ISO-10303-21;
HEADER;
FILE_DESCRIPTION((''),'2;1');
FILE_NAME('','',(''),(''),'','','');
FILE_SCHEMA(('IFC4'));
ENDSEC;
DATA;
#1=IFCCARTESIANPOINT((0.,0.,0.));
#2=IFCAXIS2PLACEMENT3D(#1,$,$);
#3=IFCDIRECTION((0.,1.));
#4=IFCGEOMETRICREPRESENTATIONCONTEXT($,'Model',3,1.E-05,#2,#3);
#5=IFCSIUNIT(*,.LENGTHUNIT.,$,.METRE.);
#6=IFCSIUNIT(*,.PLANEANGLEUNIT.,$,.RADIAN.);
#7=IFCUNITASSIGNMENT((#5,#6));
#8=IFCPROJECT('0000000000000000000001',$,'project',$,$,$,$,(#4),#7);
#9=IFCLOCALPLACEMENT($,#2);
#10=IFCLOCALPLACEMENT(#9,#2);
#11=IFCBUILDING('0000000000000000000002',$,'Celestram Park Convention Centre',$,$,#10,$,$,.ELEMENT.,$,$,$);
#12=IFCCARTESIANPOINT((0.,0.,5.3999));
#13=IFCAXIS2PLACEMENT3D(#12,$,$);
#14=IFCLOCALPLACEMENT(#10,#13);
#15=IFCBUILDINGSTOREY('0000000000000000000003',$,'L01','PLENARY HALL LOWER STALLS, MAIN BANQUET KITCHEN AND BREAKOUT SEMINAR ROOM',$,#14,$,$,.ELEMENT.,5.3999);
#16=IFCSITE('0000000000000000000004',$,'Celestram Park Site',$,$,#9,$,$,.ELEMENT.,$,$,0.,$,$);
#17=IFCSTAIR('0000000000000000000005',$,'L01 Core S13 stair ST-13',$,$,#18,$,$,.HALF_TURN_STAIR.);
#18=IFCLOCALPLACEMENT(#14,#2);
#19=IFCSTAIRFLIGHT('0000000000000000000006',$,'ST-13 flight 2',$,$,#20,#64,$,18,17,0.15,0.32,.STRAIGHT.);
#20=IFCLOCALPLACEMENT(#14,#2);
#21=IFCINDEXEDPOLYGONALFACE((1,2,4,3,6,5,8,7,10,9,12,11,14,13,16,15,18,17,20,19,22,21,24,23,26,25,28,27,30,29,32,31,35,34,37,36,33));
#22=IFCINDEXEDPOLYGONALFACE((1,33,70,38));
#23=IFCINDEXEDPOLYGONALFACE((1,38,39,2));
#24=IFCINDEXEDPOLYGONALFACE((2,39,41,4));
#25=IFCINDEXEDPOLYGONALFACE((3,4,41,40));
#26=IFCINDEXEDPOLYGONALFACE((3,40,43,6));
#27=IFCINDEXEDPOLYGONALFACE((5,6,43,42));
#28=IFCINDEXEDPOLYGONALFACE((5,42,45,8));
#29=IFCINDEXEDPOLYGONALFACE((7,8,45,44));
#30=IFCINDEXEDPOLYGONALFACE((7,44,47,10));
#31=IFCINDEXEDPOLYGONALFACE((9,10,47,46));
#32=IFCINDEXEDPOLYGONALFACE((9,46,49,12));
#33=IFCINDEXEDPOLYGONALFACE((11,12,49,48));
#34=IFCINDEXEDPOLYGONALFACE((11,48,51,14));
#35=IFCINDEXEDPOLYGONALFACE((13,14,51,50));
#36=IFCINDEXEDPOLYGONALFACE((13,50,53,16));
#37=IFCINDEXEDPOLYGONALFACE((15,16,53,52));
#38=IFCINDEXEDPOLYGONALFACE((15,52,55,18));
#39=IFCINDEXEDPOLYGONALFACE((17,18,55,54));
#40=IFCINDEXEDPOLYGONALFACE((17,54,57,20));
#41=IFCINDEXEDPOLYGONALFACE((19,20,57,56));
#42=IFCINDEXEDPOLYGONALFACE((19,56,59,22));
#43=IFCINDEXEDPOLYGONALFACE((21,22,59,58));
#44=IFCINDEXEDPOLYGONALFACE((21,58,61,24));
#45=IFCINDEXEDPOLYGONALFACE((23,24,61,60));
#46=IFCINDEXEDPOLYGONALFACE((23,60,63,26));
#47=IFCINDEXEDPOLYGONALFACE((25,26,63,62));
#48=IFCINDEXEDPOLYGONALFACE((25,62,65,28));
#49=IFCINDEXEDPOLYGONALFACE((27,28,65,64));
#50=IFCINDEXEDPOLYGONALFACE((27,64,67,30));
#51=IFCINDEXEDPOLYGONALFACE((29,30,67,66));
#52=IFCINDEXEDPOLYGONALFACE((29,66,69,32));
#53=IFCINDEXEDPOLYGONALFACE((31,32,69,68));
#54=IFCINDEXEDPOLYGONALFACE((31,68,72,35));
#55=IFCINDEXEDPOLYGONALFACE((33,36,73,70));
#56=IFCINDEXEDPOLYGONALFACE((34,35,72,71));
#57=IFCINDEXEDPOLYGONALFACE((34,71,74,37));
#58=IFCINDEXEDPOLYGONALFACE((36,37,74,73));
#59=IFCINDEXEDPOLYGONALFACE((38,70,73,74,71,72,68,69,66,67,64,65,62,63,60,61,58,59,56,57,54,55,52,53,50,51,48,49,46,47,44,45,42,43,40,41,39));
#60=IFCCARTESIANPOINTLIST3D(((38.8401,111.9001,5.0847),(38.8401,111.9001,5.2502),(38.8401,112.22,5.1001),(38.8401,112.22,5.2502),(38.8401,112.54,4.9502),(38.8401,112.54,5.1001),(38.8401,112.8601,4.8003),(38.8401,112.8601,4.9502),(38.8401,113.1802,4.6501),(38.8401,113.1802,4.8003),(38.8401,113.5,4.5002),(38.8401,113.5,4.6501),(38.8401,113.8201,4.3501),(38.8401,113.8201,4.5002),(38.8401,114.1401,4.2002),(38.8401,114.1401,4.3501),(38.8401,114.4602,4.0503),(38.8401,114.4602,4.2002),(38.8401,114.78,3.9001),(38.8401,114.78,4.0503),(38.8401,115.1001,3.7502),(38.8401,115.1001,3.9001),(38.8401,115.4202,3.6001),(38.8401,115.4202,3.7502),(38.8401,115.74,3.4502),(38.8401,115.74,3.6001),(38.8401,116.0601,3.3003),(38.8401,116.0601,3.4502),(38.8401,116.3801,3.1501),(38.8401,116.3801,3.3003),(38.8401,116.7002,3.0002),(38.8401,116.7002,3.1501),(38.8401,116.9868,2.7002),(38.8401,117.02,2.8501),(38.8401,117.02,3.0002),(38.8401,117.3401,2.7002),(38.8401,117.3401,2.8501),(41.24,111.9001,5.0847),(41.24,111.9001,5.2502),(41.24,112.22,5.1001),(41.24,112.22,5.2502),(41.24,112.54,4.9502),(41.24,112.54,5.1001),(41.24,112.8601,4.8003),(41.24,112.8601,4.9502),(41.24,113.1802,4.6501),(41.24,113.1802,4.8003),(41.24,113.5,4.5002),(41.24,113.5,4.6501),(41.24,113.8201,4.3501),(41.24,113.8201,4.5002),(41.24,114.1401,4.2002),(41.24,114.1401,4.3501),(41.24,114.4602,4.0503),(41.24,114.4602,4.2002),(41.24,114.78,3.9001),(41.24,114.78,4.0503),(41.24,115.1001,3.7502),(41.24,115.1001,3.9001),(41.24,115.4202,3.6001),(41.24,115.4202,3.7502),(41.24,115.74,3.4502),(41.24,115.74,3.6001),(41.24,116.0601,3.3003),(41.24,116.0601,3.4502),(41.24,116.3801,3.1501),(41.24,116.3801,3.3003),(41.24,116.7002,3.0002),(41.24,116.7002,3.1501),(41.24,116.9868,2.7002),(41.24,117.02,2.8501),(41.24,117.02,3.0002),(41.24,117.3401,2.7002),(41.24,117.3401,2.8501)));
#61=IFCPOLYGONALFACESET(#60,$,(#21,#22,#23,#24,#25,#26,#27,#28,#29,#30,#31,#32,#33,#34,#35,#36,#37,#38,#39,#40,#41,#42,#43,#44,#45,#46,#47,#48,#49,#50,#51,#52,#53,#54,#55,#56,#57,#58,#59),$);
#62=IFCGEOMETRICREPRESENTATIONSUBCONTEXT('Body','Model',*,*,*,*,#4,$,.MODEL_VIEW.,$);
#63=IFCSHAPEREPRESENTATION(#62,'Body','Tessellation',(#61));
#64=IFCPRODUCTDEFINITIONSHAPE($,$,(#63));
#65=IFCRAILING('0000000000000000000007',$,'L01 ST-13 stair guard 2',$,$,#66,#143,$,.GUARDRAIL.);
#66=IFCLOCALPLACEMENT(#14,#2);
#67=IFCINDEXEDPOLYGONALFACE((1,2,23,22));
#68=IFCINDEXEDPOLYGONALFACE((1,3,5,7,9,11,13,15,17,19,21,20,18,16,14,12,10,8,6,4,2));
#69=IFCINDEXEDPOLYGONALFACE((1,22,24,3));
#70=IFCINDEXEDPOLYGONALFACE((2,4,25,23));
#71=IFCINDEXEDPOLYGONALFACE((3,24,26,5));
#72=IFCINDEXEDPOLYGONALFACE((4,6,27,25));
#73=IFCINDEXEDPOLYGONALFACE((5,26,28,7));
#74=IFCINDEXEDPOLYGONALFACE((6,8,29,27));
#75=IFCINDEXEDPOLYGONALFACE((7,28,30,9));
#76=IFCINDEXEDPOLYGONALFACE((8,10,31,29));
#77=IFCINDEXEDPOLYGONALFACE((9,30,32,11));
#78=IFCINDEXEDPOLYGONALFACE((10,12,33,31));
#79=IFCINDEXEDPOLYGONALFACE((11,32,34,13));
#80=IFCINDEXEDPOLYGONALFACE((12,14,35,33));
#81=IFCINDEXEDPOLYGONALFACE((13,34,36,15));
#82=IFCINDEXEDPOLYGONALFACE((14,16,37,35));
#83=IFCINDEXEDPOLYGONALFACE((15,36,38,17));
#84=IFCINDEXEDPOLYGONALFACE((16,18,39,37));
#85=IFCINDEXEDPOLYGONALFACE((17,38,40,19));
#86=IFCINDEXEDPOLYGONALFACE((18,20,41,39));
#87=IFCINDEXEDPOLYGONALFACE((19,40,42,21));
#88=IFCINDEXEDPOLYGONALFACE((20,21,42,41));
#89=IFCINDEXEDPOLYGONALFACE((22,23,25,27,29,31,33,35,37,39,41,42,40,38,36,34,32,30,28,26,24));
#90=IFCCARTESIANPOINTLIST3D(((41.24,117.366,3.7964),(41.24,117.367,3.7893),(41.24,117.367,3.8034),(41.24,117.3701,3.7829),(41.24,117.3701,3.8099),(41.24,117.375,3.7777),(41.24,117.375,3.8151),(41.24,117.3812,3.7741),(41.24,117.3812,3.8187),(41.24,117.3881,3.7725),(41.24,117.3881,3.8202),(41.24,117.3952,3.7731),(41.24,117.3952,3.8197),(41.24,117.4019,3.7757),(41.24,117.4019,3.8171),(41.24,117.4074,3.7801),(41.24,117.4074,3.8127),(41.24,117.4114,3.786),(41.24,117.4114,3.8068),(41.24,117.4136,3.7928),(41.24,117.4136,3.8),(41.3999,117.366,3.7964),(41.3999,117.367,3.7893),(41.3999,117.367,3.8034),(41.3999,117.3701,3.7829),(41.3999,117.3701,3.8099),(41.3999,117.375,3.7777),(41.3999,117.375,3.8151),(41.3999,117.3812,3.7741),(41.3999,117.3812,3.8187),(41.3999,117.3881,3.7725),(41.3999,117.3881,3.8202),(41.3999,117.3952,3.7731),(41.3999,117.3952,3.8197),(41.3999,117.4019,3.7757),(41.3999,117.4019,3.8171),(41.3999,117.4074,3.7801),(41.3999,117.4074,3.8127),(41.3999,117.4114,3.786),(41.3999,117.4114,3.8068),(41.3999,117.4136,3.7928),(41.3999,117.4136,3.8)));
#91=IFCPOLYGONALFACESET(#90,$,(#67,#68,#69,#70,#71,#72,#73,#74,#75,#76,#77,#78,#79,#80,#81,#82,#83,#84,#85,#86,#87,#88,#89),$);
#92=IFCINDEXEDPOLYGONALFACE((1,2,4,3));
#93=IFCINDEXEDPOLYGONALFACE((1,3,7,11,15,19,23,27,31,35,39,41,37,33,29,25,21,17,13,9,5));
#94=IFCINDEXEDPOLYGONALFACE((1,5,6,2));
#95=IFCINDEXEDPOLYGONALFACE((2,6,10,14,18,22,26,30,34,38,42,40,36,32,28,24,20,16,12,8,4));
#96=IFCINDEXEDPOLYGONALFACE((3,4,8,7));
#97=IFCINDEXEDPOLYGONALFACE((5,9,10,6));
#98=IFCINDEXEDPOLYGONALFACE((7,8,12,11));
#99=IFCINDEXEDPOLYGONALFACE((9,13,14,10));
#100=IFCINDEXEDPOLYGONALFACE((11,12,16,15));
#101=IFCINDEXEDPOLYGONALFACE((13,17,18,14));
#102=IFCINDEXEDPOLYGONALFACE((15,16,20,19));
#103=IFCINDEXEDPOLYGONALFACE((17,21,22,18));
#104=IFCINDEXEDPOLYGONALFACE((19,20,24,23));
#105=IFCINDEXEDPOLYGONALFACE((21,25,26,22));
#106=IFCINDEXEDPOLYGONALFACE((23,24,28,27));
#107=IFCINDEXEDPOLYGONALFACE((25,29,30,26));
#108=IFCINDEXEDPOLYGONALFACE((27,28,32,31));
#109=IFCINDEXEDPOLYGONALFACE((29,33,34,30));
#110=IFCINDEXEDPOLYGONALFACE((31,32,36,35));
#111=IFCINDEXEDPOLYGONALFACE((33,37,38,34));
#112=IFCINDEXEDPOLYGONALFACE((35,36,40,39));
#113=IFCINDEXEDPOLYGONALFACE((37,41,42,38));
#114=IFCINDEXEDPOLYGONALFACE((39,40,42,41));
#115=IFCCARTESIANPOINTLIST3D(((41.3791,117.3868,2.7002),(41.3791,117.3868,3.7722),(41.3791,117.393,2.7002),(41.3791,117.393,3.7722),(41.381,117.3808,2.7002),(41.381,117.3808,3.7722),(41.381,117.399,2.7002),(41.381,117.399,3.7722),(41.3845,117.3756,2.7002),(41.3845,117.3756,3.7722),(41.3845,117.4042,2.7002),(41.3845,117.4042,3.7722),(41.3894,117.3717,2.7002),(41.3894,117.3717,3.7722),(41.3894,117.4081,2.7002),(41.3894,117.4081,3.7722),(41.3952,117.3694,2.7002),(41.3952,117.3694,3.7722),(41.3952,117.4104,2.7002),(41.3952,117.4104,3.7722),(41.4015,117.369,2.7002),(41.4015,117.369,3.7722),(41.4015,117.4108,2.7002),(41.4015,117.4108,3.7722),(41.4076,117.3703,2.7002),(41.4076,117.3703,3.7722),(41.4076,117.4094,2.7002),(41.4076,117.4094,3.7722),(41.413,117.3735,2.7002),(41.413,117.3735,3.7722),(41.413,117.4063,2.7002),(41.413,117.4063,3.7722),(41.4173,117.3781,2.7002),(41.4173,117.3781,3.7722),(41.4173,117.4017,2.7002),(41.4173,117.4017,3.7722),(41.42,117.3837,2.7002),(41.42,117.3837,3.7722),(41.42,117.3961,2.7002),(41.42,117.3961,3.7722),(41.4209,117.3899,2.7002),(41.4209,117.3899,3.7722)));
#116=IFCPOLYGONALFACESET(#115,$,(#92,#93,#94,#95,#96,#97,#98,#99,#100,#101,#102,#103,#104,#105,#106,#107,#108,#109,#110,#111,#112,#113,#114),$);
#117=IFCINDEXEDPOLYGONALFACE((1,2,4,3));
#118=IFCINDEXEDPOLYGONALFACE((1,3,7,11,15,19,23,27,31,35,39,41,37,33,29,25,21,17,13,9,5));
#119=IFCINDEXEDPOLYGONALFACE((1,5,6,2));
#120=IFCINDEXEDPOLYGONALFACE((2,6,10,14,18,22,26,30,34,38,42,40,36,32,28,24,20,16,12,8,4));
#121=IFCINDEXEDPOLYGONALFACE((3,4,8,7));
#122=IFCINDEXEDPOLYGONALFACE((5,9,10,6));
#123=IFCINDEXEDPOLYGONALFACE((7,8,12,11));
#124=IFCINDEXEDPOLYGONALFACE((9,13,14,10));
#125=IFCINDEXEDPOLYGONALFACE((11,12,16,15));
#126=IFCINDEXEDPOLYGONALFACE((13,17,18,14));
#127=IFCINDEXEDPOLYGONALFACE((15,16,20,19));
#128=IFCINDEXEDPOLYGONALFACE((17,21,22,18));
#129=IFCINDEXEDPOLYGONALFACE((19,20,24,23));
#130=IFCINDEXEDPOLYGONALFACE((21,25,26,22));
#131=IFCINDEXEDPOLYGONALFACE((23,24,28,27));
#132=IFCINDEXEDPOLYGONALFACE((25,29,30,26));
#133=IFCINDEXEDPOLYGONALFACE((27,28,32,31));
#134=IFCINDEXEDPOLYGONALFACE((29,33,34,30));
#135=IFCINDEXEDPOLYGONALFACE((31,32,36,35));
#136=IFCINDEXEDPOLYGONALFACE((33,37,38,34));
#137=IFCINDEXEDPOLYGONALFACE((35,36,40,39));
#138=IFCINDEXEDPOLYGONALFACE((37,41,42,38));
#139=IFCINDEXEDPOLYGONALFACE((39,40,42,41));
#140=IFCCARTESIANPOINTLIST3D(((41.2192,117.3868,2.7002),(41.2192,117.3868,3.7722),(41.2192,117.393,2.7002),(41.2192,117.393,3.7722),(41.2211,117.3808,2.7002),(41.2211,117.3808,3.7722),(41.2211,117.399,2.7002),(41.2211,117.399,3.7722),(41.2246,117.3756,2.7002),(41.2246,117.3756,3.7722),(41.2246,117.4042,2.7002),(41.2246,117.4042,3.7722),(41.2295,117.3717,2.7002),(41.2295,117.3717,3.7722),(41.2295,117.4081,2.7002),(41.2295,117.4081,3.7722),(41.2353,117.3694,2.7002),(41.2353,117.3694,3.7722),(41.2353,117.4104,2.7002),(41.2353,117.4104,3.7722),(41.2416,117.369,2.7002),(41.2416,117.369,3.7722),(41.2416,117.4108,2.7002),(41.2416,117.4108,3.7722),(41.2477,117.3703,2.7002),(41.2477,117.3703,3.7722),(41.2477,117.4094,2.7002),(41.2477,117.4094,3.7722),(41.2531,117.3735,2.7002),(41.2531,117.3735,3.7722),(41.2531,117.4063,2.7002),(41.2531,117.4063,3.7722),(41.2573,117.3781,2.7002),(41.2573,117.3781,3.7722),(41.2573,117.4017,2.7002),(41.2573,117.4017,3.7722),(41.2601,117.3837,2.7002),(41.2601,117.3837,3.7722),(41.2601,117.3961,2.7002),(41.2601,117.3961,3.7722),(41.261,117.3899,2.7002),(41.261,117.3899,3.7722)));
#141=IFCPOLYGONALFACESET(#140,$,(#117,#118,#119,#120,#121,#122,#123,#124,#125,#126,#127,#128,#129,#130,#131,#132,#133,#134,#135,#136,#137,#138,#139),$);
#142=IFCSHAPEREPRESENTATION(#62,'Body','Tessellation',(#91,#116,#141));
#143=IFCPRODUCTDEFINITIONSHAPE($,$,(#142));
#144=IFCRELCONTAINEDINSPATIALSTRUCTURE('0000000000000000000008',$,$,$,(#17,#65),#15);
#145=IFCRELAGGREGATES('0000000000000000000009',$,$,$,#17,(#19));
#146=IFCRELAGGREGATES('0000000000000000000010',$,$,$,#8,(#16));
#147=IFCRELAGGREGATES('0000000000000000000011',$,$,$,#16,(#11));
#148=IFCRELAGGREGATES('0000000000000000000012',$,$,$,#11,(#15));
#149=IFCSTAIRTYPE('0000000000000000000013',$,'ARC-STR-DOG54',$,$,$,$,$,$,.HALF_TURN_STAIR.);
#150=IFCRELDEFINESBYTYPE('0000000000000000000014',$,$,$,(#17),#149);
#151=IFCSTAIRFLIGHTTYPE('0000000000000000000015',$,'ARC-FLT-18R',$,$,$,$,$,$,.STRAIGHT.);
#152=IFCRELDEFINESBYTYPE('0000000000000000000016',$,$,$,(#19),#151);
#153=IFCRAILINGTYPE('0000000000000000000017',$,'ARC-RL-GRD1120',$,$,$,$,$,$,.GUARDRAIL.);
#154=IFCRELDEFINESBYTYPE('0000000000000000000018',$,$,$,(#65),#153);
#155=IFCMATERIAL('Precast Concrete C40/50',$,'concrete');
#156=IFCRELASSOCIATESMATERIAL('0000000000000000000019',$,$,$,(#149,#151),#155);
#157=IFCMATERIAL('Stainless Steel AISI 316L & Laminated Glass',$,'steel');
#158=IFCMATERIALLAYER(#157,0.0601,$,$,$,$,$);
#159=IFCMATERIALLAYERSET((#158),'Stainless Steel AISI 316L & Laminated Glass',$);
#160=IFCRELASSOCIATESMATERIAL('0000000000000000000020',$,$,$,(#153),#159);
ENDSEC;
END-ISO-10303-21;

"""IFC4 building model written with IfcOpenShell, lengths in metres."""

from ifc_helpers import new_model, si_unit, direction, frame, origin, origin_2d, place, context, subcontext, project, spatial, polyline, circle, outline, extrude, material, layer, layer_set, type_object, element, aggregate, save


model = new_model("IFC4")

# Units and contexts
model_context = context("Model", 3, precision=1e-05, world=origin(), true_north=direction((0.0, 1.0)))
body_context = subcontext(model_context, "Body", "Model", "MODEL_VIEW")
ifc_project = project(units=[si_unit("LENGTHUNIT", "METRE"), si_unit("PLANEANGLEUNIT", "RADIAN")], contexts=[model_context])

# Site, building, storey
site_placement = place(None, origin())
site = spatial("IfcSite", under=ifc_project, at=site_placement, Name="Celestram Park Site", CompositionType="ELEMENT", RefElevation=0.0)
building_placement = place(site_placement, origin())
building = spatial("IfcBuilding", under=site, at=building_placement, Name="Celestram Park Convention Centre", CompositionType="ELEMENT")
storey_placement = place(building_placement, frame((0.0, 0.0, 5.3999)))
storey = spatial("IfcBuildingStorey", under=building, at=storey_placement, Name="L01", Description="PLENARY HALL LOWER STALLS, MAIN BANQUET KITCHEN AND BREAKOUT SEMINAR ROOM", CompositionType="ELEMENT", Elevation=5.3999)

# Stair, stair flight
ifc_material_1 = material(Name="Precast Concrete C40/50", Category="concrete")
stair_type = type_object("IfcStairType", Name="ARC-STR-DOG54", PredefinedType="HALF_TURN_STAIR", material=ifc_material_1)
stair_placement = place(storey_placement, origin())
stair = element("IfcStair", 1, at=stair_placement, inside=storey, type_object=stair_type, Name="L01 Core S13 stair ST-13", PredefinedType="HALF_TURN_STAIR")
stair_flight_type = type_object("IfcStairFlightType", Name="ARC-FLT-18R", PredefinedType="STRAIGHT", material=ifc_material_1)
stair_flight_1_placement = place(storey_placement, frame((40.04, 117.3401, 2.7002), z_axis=(0.0, 0.0, 1.0), x_axis=(0.0, -1.0, 0.0)))
stair_flight_1 = element("IfcStairFlight", 2, at=stair_flight_1_placement, type_object=stair_flight_type, Name="ST-13 flight 2", NumberOfRisers=18, NumberOfTreads=17, PredefinedType="STRAIGHT", RiserHeight=0.15, TreadLength=0.32, context=body_context, shape_type="SweptSolid", body=[
    extrude(outline(polyline([(0.0, 0.0), (0.0, 0.1499), (0.3201, 0.1499), (0.3201, 0.3), (0.6399, 0.3), (0.6399, 0.45), (0.96, 0.45), (0.96, 0.6001), (1.28, 0.6001), (1.28, 0.75), (1.6001, 0.75), (1.6001, 0.8999), (1.9199, 0.8999), (1.9199, 1.05), (2.24, 1.05), (2.24, 1.2), (2.5601, 1.2), (2.5601, 1.3501), (2.8799, 1.3501), (2.8799, 1.5), (3.2, 1.5), (3.2, 1.6499), (3.52, 1.6499), (3.52, 1.8), (3.8401, 1.8), (3.8401, 1.95), (4.1599, 1.95), (4.1599, 2.1001), (4.48, 2.1001), (4.48, 2.25), (4.8, 2.25), (4.8, 2.3999), (5.1201, 2.3999), (5.1201, 2.55), (5.4399, 2.55), (5.4399, 2.7), (5.4399, 2.3845), (0.3533, 0.0), (0.0, 0.0)])), frame((0.0, 1.2, 0.0), z_axis=(0.0, -1.0, 0.0), x_axis=(1.0, 0.0, 0.0)), (0.0, 0.0, 1.0), 2.3999),
])
aggregate(stair, [stair_flight_1])

# Railing
ifc_material_2 = material(Name="Stainless Steel AISI 316L & Laminated Glass", Category="steel")
ifc_layer_1 = layer(ifc_material_2, 0.0601)
ifc_layer_set_1 = layer_set([ifc_layer_1], Name="Stainless Steel AISI 316L & Laminated Glass")
railing_type_1 = type_object("IfcRailingType", Name="ARC-RL-GRD1120", PredefinedType="GUARDRAIL", material=ifc_layer_set_1)
railing_1_placement = place(storey_placement, frame((41.3999, 117.3899, 2.7002)))
element("IfcRailing", 3, at=railing_1_placement, inside=storey, type_object=railing_type_1, Name="L01 ST-13 stair guard 2", PredefinedType="GUARDRAIL", context=body_context, shape_type="SweptSolid", body=[
    extrude(circle(Radius=0.0239, at=origin_2d()), frame((0.0, 0.0, 1.0962), z_axis=(-1.0, 0.0, 0.0), x_axis=(0.0, -1.0, 0.0)), (0.0, 0.0, 1.0), 0.1599),
    extrude(circle(Radius=0.021, at=origin_2d()), origin(), (0.0, 0.0, 1.0), 1.072),
    extrude(circle(Radius=0.021, at=origin_2d()), frame((-0.1599, 0.0, 0.0)), (0.0, 0.0, 1.0), 1.072),
])

save(model, "model.ifc")
